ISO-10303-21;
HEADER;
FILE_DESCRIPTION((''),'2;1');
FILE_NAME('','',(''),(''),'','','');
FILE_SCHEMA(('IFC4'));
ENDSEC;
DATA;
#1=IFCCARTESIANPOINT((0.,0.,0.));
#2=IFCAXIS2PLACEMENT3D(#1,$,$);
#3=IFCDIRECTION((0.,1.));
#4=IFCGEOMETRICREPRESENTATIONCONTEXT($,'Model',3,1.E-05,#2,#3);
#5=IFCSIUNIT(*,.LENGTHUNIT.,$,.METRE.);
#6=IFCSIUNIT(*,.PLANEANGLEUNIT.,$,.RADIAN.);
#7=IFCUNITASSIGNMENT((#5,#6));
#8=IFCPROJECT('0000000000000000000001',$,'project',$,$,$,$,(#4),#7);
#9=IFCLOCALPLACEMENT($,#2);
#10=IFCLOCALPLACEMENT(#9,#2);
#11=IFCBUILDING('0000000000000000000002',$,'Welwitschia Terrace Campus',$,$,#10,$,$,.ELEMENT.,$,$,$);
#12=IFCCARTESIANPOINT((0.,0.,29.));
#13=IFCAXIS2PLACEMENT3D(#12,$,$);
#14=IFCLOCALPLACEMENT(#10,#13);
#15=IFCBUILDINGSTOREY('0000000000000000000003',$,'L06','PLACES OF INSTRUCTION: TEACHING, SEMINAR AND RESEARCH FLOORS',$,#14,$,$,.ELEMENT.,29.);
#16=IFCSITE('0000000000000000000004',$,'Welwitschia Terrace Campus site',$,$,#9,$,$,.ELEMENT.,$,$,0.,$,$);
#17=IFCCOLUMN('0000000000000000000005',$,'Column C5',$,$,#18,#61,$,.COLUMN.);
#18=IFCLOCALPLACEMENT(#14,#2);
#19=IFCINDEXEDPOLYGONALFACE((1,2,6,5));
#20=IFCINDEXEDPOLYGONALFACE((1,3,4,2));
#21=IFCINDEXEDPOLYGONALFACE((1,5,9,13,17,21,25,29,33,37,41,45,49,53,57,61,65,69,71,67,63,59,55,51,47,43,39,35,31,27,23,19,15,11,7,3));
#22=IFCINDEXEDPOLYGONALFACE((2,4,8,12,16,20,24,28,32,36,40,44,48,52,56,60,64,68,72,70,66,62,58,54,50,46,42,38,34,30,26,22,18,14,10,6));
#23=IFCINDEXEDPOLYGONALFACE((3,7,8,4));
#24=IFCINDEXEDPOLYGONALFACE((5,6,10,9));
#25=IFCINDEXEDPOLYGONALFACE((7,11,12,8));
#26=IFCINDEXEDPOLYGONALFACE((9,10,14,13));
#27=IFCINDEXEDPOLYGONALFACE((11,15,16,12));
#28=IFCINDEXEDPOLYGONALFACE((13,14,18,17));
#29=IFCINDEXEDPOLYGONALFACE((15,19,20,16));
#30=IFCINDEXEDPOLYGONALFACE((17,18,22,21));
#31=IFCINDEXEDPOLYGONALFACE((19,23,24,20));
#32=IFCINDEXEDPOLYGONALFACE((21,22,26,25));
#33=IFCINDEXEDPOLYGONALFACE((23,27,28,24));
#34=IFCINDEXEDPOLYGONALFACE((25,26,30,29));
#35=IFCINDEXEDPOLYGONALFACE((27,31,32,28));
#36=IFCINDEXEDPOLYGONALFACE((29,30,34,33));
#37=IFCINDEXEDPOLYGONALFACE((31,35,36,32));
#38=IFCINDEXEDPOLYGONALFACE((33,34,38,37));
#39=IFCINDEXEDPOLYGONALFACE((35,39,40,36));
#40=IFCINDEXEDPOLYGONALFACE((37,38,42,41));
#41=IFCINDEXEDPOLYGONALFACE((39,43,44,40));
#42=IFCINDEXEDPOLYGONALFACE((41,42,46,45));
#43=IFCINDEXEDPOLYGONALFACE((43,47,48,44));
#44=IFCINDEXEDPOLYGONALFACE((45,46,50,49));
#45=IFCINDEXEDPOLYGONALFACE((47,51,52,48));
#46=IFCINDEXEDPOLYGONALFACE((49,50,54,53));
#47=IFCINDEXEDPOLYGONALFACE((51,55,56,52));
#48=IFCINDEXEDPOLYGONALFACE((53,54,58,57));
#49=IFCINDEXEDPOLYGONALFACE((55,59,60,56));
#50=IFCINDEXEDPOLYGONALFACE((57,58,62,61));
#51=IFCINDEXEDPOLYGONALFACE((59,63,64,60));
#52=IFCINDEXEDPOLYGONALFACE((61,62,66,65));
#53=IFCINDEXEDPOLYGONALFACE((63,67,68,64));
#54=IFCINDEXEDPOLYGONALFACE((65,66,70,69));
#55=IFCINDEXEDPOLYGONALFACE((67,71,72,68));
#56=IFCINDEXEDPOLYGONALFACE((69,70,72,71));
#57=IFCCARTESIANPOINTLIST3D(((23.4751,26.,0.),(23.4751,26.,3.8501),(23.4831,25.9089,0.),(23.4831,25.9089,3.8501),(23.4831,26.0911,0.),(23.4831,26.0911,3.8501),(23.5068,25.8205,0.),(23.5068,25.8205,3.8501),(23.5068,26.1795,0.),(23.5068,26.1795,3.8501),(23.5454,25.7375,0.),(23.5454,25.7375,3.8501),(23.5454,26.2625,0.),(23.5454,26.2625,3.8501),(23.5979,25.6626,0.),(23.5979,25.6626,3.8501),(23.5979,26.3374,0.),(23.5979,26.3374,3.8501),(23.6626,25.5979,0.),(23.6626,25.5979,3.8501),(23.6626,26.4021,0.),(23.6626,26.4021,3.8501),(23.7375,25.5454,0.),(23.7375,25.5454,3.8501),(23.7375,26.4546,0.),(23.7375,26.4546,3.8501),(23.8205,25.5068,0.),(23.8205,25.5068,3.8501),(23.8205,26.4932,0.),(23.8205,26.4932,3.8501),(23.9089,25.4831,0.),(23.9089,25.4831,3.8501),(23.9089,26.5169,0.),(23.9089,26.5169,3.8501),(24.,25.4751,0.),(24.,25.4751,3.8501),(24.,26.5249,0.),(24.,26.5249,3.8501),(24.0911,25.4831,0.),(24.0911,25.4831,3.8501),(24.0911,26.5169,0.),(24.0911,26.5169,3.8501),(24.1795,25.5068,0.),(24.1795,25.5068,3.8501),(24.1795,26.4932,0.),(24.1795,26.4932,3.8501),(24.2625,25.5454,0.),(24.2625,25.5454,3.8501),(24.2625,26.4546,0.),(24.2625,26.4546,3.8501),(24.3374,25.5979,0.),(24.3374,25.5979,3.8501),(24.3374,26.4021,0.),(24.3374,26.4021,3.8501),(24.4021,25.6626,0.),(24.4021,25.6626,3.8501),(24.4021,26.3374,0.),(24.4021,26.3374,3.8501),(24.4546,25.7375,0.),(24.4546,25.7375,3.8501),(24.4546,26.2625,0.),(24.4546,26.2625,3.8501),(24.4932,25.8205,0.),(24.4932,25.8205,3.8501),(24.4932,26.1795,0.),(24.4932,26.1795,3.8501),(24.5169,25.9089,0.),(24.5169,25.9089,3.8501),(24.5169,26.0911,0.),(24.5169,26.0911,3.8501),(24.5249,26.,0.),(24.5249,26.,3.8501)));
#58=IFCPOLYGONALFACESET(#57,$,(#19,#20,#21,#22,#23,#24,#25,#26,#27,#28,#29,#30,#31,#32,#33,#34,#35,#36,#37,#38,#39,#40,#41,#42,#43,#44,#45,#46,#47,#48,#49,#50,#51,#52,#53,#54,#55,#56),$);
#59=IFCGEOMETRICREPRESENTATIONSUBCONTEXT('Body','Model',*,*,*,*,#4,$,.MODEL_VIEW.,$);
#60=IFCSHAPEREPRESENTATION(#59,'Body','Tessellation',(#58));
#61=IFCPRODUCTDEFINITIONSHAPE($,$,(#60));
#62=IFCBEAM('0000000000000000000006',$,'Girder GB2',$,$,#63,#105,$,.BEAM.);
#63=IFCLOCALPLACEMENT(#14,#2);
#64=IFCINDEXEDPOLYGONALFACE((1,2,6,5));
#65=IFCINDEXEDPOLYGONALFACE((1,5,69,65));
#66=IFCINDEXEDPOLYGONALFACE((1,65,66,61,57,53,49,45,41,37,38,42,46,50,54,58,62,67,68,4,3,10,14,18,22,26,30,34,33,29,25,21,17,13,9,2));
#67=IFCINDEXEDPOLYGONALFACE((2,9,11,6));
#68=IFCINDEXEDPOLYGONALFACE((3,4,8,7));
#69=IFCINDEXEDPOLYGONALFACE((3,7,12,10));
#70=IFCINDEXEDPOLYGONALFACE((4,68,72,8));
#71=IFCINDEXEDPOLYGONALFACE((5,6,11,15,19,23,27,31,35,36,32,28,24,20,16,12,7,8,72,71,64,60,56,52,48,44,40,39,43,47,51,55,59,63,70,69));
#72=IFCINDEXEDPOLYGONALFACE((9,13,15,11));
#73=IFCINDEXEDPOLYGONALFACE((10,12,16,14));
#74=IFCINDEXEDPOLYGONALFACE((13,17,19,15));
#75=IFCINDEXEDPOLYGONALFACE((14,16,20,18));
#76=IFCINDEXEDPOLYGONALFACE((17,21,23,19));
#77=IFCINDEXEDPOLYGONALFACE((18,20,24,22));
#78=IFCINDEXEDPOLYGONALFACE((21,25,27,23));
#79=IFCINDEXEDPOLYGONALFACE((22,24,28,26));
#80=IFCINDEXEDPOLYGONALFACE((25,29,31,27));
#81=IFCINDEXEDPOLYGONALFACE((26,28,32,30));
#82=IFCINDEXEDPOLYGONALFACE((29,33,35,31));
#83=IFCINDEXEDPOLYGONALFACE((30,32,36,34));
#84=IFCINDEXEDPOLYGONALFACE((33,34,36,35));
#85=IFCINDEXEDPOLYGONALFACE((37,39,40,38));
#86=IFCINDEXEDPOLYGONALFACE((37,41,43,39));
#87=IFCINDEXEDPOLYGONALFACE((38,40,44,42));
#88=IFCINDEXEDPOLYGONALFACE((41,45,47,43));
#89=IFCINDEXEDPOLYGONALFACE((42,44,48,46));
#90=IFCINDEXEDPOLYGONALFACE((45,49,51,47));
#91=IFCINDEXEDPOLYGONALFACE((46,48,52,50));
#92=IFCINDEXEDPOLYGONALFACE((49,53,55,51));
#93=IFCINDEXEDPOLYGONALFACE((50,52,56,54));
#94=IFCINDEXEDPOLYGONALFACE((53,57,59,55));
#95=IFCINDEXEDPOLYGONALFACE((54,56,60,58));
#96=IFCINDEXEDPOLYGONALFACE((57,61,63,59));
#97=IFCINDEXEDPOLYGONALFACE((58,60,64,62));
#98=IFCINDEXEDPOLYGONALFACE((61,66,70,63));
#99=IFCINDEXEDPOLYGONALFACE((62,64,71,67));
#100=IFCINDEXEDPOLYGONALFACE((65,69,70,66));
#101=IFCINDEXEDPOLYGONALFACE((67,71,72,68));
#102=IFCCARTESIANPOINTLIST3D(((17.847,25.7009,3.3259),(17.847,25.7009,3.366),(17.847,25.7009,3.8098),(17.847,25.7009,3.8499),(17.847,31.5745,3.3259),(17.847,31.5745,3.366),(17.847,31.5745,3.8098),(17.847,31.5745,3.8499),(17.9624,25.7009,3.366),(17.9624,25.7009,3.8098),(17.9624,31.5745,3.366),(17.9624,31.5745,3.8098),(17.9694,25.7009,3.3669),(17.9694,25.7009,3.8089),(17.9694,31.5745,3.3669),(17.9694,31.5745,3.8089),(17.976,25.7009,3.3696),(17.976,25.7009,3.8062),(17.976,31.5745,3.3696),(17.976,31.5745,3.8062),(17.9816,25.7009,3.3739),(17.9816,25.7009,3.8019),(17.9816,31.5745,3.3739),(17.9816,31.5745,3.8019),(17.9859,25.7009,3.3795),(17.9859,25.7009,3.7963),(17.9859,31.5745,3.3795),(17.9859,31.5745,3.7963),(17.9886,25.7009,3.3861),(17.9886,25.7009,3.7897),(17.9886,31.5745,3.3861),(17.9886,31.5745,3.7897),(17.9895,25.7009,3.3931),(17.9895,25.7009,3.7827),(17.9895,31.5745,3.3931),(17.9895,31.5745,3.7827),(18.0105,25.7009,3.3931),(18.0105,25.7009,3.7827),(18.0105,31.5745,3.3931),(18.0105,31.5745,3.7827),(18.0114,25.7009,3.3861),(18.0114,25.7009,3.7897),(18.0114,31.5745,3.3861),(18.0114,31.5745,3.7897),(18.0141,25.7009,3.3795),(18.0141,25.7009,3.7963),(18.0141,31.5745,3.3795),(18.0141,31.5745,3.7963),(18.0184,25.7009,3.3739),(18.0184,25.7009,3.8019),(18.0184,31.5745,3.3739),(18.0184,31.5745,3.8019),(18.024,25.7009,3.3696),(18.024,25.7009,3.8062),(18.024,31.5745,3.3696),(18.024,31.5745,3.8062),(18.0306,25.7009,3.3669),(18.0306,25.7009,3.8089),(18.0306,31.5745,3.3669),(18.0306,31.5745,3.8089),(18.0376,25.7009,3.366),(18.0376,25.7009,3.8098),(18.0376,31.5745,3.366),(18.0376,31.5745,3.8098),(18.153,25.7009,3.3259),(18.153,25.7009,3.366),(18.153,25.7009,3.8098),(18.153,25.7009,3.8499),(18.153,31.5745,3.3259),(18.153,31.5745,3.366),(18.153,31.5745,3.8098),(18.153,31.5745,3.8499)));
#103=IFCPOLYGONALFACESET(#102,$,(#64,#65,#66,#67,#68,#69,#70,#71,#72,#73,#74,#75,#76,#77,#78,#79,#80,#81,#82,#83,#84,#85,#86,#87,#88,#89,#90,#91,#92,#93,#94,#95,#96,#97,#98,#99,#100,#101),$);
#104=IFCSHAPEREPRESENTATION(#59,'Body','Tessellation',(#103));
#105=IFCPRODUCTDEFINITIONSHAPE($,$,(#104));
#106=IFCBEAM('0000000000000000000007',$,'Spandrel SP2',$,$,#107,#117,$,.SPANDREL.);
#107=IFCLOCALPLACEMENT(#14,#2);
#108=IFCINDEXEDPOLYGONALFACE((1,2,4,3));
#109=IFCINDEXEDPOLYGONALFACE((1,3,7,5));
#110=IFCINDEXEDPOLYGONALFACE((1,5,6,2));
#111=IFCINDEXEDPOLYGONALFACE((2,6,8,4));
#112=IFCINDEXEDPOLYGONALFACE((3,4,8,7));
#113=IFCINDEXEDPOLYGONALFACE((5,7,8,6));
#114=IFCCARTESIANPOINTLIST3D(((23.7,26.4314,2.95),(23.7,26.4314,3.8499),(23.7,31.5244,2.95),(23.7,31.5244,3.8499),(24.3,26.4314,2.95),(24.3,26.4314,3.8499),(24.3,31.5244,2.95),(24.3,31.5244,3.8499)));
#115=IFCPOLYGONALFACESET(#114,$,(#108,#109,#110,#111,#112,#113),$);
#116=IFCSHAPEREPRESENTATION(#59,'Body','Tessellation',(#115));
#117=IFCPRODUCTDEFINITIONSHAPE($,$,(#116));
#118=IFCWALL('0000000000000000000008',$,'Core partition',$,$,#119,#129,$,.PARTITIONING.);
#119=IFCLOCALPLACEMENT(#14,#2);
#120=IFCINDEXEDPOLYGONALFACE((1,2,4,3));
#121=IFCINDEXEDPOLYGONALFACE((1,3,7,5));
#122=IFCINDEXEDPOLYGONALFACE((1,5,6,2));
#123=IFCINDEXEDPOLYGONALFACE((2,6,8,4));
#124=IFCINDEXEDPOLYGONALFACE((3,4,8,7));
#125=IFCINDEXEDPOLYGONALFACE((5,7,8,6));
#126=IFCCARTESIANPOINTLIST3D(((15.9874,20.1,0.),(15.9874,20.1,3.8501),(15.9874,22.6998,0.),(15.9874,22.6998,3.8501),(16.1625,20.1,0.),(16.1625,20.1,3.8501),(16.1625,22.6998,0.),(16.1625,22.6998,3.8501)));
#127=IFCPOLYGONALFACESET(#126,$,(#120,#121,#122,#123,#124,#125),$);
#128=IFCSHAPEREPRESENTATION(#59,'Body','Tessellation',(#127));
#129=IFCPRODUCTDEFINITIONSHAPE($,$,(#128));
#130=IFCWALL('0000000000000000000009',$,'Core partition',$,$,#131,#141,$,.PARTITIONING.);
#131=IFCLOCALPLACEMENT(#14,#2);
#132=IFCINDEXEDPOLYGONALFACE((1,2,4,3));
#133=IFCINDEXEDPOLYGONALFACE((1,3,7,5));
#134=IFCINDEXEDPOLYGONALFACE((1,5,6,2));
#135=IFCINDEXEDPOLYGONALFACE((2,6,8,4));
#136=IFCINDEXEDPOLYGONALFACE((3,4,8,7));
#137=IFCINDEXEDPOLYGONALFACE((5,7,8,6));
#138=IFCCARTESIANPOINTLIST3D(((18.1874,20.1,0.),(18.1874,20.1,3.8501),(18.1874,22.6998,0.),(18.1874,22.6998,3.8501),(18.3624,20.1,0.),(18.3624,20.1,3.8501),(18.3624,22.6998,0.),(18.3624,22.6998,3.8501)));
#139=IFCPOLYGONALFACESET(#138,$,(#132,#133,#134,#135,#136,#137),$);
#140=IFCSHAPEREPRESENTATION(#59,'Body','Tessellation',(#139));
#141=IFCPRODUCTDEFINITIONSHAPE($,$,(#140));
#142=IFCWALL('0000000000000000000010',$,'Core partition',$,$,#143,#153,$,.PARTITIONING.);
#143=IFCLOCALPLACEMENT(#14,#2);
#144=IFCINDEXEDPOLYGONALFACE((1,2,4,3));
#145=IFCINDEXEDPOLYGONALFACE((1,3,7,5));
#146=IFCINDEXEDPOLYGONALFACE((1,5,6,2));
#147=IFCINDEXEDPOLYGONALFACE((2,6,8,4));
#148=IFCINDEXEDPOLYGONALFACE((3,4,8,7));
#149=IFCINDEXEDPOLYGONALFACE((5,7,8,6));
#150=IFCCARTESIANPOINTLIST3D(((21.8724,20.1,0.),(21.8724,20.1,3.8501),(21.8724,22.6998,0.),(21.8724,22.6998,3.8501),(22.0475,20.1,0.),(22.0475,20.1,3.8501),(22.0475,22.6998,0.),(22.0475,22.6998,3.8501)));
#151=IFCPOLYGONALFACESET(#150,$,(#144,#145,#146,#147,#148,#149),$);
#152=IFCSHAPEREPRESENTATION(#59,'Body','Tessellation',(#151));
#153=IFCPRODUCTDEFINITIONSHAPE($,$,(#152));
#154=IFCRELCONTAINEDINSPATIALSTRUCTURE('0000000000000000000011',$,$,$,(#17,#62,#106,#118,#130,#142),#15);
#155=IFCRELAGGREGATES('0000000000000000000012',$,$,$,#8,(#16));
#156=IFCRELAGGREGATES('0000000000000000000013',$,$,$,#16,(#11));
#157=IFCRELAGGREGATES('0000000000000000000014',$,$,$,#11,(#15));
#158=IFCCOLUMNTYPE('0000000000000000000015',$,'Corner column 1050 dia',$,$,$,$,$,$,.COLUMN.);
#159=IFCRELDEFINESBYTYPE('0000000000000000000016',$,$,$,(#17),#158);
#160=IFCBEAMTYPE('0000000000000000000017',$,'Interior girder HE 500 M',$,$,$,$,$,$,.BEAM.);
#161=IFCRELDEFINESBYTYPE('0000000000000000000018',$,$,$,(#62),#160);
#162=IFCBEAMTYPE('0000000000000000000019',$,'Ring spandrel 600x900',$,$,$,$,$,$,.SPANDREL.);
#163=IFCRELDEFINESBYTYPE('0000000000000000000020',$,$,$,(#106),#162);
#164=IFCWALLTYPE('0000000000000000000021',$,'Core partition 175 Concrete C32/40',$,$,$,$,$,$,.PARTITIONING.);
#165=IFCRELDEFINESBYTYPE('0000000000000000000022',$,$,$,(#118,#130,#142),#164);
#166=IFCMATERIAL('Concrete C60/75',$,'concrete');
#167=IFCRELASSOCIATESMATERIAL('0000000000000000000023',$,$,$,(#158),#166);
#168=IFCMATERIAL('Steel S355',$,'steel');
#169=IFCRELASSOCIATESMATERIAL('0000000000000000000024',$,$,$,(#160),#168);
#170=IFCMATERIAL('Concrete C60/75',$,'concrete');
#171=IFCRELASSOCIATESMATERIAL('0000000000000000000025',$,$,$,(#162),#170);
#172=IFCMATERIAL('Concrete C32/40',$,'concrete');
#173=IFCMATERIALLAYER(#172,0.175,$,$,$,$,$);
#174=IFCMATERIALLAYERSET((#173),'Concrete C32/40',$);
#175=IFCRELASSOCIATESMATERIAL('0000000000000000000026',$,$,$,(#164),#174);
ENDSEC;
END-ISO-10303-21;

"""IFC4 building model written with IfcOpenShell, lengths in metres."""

from ifc_helpers import new_model, si_unit, direction, frame, frame_2d, origin, origin_2d, place, context, subcontext, project, spatial, rectangle, circle, i_section, extrude, material, layer, layer_set, material_profile, profile_set, type_object, element, save


model = new_model("IFC4")

# Units and contexts
model_context = context("Model", 3, precision=1e-05, world=origin(), true_north=direction((0.0, 1.0)))
body_context = subcontext(model_context, "Body", "Model", "MODEL_VIEW")
ifc_project = project(units=[si_unit("LENGTHUNIT", "METRE"), si_unit("PLANEANGLEUNIT", "RADIAN")], contexts=[model_context])

# Site, building, storey
site_placement = place(None, origin())
site = spatial("IfcSite", under=ifc_project, at=site_placement, Name="Welwitschia Terrace Campus site", CompositionType="ELEMENT", RefElevation=0.0)
building_placement = place(site_placement, origin())
building = spatial("IfcBuilding", under=site, at=building_placement, Name="Welwitschia Terrace Campus", CompositionType="ELEMENT")
storey_placement = place(building_placement, frame((0.0, 0.0, 29.0)))
storey = spatial("IfcBuildingStorey", under=building, at=storey_placement, Name="L06", Description="PLACES OF INSTRUCTION: TEACHING, SEMINAR AND RESEARCH FLOORS", CompositionType="ELEMENT", Elevation=29.0)

# Column
ifc_material_1 = material(Name="Concrete C60/75", Category="concrete")
ifc_material_profile_1 = material_profile(ifc_material_1, circle(Radius=0.5249, at=origin_2d()))
ifc_profile_set_1 = profile_set([ifc_material_profile_1], Name="Concrete C60/75")
column_type = type_object("IfcColumnType", Name="Corner column 1050 dia", PredefinedType="COLUMN", material=ifc_profile_set_1)
column_placement = place(storey_placement, frame((24.0, 26.0, 0.0), z_axis=(0.0, 0.0, 1.0), x_axis=(1.0, 0.0, 0.0)))
element("IfcColumn", 1, at=column_placement, inside=storey, type_object=column_type, Name="Column C5", PredefinedType="COLUMN", context=body_context, shape_type="SweptSolid", body=[
    extrude(circle(Radius=0.5249, at=origin_2d()), origin(), (0.0, 0.0, 1.0), 3.8501),
])

# Beams
ifc_material_2 = material(Name="Steel S355", Category="steel")
ifc_material_profile_2 = material_profile(ifc_material_2, i_section(OverallWidth=0.3059, OverallDepth=0.5239, WebThickness=0.021, FlangeThickness=0.04, FilletRadius=0.0271, at=origin_2d()))
ifc_profile_set_2 = profile_set([ifc_material_profile_2], Name="Steel S355")
beam_type_1 = type_object("IfcBeamType", Name="Interior girder HE 500 M", PredefinedType="BEAM", material=ifc_profile_set_2)
beam_1_placement = place(storey_placement, frame((18.0, 25.7009, 3.5879), z_axis=(0.0, 1.0, 0.0), x_axis=(-1.0, 0.0, 0.0)))
element("IfcBeam", 2, at=beam_1_placement, inside=storey, type_object=beam_type_1, Name="Girder GB2", PredefinedType="BEAM", context=body_context, shape_type="SweptSolid", body=[
    extrude(i_section(OverallWidth=0.3059, OverallDepth=0.5239, WebThickness=0.021, FlangeThickness=0.04, FilletRadius=0.0271, at=origin_2d()), origin(), (0.0, 0.0, 1.0), 5.8735),
])
ifc_material_3 = material(Name="Concrete C60/75", Category="concrete")
ifc_material_profile_3 = material_profile(ifc_material_3, rectangle(XDim=0.6001, YDim=0.8999, at=origin_2d()))
ifc_profile_set_3 = profile_set([ifc_material_profile_3], Name="Concrete C60/75")
beam_type_2 = type_object("IfcBeamType", Name="Ring spandrel 600x900", PredefinedType="SPANDREL", material=ifc_profile_set_3)
beam_2_placement = place(storey_placement, frame((24.0, 26.4314, 3.3999), z_axis=(0.0, 1.0, 0.0), x_axis=(-1.0, 0.0, 0.0)))
element("IfcBeam", 3, at=beam_2_placement, inside=storey, type_object=beam_type_2, Name="Spandrel SP2", PredefinedType="SPANDREL", context=body_context, shape_type="SweptSolid", body=[
    extrude(rectangle(XDim=0.6001, YDim=0.8999, at=origin_2d()), origin(), (0.0, 0.0, 1.0), 5.093),
])

# Walls
ifc_material_4 = material(Name="Concrete C32/40", Category="concrete")
ifc_layer_1 = layer(ifc_material_4, 0.175)
ifc_layer_set_1 = layer_set([ifc_layer_1], Name="Concrete C32/40")
wall_type_1 = type_object("IfcWallType", Name="Core partition 175 Concrete C32/40", PredefinedType="PARTITIONING", material=ifc_layer_set_1)
for number, where, z_axis, x_axis, name in (
    (4, (16.075, 20.1001, 0.0), (0.0, 0.0, 1.0), (0.0, 1.0, 0.0), "Core partition"),
    (5, (18.2749, 20.1001, 0.0), (0.0, 0.0, 1.0), (0.0, 1.0, 0.0), "Core partition"),
    (6, (21.96, 20.1001, 0.0), (0.0, 0.0, 1.0), (0.0, 1.0, 0.0), "Core partition"),
):
    element("IfcWall", number, at=place(storey_placement, frame(where, z_axis=z_axis, x_axis=x_axis)), inside=storey, type_object=wall_type_1, Name=name, PredefinedType="PARTITIONING", context=body_context, shape_type="SweptSolid", body=[
        extrude(rectangle(XDim=2.5999, YDim=0.175, at=frame_2d((1.2998, 0.0))), origin(), (0.0, 0.0, 1.0), 3.8501),
    ])

save(model, "model.ifc")
